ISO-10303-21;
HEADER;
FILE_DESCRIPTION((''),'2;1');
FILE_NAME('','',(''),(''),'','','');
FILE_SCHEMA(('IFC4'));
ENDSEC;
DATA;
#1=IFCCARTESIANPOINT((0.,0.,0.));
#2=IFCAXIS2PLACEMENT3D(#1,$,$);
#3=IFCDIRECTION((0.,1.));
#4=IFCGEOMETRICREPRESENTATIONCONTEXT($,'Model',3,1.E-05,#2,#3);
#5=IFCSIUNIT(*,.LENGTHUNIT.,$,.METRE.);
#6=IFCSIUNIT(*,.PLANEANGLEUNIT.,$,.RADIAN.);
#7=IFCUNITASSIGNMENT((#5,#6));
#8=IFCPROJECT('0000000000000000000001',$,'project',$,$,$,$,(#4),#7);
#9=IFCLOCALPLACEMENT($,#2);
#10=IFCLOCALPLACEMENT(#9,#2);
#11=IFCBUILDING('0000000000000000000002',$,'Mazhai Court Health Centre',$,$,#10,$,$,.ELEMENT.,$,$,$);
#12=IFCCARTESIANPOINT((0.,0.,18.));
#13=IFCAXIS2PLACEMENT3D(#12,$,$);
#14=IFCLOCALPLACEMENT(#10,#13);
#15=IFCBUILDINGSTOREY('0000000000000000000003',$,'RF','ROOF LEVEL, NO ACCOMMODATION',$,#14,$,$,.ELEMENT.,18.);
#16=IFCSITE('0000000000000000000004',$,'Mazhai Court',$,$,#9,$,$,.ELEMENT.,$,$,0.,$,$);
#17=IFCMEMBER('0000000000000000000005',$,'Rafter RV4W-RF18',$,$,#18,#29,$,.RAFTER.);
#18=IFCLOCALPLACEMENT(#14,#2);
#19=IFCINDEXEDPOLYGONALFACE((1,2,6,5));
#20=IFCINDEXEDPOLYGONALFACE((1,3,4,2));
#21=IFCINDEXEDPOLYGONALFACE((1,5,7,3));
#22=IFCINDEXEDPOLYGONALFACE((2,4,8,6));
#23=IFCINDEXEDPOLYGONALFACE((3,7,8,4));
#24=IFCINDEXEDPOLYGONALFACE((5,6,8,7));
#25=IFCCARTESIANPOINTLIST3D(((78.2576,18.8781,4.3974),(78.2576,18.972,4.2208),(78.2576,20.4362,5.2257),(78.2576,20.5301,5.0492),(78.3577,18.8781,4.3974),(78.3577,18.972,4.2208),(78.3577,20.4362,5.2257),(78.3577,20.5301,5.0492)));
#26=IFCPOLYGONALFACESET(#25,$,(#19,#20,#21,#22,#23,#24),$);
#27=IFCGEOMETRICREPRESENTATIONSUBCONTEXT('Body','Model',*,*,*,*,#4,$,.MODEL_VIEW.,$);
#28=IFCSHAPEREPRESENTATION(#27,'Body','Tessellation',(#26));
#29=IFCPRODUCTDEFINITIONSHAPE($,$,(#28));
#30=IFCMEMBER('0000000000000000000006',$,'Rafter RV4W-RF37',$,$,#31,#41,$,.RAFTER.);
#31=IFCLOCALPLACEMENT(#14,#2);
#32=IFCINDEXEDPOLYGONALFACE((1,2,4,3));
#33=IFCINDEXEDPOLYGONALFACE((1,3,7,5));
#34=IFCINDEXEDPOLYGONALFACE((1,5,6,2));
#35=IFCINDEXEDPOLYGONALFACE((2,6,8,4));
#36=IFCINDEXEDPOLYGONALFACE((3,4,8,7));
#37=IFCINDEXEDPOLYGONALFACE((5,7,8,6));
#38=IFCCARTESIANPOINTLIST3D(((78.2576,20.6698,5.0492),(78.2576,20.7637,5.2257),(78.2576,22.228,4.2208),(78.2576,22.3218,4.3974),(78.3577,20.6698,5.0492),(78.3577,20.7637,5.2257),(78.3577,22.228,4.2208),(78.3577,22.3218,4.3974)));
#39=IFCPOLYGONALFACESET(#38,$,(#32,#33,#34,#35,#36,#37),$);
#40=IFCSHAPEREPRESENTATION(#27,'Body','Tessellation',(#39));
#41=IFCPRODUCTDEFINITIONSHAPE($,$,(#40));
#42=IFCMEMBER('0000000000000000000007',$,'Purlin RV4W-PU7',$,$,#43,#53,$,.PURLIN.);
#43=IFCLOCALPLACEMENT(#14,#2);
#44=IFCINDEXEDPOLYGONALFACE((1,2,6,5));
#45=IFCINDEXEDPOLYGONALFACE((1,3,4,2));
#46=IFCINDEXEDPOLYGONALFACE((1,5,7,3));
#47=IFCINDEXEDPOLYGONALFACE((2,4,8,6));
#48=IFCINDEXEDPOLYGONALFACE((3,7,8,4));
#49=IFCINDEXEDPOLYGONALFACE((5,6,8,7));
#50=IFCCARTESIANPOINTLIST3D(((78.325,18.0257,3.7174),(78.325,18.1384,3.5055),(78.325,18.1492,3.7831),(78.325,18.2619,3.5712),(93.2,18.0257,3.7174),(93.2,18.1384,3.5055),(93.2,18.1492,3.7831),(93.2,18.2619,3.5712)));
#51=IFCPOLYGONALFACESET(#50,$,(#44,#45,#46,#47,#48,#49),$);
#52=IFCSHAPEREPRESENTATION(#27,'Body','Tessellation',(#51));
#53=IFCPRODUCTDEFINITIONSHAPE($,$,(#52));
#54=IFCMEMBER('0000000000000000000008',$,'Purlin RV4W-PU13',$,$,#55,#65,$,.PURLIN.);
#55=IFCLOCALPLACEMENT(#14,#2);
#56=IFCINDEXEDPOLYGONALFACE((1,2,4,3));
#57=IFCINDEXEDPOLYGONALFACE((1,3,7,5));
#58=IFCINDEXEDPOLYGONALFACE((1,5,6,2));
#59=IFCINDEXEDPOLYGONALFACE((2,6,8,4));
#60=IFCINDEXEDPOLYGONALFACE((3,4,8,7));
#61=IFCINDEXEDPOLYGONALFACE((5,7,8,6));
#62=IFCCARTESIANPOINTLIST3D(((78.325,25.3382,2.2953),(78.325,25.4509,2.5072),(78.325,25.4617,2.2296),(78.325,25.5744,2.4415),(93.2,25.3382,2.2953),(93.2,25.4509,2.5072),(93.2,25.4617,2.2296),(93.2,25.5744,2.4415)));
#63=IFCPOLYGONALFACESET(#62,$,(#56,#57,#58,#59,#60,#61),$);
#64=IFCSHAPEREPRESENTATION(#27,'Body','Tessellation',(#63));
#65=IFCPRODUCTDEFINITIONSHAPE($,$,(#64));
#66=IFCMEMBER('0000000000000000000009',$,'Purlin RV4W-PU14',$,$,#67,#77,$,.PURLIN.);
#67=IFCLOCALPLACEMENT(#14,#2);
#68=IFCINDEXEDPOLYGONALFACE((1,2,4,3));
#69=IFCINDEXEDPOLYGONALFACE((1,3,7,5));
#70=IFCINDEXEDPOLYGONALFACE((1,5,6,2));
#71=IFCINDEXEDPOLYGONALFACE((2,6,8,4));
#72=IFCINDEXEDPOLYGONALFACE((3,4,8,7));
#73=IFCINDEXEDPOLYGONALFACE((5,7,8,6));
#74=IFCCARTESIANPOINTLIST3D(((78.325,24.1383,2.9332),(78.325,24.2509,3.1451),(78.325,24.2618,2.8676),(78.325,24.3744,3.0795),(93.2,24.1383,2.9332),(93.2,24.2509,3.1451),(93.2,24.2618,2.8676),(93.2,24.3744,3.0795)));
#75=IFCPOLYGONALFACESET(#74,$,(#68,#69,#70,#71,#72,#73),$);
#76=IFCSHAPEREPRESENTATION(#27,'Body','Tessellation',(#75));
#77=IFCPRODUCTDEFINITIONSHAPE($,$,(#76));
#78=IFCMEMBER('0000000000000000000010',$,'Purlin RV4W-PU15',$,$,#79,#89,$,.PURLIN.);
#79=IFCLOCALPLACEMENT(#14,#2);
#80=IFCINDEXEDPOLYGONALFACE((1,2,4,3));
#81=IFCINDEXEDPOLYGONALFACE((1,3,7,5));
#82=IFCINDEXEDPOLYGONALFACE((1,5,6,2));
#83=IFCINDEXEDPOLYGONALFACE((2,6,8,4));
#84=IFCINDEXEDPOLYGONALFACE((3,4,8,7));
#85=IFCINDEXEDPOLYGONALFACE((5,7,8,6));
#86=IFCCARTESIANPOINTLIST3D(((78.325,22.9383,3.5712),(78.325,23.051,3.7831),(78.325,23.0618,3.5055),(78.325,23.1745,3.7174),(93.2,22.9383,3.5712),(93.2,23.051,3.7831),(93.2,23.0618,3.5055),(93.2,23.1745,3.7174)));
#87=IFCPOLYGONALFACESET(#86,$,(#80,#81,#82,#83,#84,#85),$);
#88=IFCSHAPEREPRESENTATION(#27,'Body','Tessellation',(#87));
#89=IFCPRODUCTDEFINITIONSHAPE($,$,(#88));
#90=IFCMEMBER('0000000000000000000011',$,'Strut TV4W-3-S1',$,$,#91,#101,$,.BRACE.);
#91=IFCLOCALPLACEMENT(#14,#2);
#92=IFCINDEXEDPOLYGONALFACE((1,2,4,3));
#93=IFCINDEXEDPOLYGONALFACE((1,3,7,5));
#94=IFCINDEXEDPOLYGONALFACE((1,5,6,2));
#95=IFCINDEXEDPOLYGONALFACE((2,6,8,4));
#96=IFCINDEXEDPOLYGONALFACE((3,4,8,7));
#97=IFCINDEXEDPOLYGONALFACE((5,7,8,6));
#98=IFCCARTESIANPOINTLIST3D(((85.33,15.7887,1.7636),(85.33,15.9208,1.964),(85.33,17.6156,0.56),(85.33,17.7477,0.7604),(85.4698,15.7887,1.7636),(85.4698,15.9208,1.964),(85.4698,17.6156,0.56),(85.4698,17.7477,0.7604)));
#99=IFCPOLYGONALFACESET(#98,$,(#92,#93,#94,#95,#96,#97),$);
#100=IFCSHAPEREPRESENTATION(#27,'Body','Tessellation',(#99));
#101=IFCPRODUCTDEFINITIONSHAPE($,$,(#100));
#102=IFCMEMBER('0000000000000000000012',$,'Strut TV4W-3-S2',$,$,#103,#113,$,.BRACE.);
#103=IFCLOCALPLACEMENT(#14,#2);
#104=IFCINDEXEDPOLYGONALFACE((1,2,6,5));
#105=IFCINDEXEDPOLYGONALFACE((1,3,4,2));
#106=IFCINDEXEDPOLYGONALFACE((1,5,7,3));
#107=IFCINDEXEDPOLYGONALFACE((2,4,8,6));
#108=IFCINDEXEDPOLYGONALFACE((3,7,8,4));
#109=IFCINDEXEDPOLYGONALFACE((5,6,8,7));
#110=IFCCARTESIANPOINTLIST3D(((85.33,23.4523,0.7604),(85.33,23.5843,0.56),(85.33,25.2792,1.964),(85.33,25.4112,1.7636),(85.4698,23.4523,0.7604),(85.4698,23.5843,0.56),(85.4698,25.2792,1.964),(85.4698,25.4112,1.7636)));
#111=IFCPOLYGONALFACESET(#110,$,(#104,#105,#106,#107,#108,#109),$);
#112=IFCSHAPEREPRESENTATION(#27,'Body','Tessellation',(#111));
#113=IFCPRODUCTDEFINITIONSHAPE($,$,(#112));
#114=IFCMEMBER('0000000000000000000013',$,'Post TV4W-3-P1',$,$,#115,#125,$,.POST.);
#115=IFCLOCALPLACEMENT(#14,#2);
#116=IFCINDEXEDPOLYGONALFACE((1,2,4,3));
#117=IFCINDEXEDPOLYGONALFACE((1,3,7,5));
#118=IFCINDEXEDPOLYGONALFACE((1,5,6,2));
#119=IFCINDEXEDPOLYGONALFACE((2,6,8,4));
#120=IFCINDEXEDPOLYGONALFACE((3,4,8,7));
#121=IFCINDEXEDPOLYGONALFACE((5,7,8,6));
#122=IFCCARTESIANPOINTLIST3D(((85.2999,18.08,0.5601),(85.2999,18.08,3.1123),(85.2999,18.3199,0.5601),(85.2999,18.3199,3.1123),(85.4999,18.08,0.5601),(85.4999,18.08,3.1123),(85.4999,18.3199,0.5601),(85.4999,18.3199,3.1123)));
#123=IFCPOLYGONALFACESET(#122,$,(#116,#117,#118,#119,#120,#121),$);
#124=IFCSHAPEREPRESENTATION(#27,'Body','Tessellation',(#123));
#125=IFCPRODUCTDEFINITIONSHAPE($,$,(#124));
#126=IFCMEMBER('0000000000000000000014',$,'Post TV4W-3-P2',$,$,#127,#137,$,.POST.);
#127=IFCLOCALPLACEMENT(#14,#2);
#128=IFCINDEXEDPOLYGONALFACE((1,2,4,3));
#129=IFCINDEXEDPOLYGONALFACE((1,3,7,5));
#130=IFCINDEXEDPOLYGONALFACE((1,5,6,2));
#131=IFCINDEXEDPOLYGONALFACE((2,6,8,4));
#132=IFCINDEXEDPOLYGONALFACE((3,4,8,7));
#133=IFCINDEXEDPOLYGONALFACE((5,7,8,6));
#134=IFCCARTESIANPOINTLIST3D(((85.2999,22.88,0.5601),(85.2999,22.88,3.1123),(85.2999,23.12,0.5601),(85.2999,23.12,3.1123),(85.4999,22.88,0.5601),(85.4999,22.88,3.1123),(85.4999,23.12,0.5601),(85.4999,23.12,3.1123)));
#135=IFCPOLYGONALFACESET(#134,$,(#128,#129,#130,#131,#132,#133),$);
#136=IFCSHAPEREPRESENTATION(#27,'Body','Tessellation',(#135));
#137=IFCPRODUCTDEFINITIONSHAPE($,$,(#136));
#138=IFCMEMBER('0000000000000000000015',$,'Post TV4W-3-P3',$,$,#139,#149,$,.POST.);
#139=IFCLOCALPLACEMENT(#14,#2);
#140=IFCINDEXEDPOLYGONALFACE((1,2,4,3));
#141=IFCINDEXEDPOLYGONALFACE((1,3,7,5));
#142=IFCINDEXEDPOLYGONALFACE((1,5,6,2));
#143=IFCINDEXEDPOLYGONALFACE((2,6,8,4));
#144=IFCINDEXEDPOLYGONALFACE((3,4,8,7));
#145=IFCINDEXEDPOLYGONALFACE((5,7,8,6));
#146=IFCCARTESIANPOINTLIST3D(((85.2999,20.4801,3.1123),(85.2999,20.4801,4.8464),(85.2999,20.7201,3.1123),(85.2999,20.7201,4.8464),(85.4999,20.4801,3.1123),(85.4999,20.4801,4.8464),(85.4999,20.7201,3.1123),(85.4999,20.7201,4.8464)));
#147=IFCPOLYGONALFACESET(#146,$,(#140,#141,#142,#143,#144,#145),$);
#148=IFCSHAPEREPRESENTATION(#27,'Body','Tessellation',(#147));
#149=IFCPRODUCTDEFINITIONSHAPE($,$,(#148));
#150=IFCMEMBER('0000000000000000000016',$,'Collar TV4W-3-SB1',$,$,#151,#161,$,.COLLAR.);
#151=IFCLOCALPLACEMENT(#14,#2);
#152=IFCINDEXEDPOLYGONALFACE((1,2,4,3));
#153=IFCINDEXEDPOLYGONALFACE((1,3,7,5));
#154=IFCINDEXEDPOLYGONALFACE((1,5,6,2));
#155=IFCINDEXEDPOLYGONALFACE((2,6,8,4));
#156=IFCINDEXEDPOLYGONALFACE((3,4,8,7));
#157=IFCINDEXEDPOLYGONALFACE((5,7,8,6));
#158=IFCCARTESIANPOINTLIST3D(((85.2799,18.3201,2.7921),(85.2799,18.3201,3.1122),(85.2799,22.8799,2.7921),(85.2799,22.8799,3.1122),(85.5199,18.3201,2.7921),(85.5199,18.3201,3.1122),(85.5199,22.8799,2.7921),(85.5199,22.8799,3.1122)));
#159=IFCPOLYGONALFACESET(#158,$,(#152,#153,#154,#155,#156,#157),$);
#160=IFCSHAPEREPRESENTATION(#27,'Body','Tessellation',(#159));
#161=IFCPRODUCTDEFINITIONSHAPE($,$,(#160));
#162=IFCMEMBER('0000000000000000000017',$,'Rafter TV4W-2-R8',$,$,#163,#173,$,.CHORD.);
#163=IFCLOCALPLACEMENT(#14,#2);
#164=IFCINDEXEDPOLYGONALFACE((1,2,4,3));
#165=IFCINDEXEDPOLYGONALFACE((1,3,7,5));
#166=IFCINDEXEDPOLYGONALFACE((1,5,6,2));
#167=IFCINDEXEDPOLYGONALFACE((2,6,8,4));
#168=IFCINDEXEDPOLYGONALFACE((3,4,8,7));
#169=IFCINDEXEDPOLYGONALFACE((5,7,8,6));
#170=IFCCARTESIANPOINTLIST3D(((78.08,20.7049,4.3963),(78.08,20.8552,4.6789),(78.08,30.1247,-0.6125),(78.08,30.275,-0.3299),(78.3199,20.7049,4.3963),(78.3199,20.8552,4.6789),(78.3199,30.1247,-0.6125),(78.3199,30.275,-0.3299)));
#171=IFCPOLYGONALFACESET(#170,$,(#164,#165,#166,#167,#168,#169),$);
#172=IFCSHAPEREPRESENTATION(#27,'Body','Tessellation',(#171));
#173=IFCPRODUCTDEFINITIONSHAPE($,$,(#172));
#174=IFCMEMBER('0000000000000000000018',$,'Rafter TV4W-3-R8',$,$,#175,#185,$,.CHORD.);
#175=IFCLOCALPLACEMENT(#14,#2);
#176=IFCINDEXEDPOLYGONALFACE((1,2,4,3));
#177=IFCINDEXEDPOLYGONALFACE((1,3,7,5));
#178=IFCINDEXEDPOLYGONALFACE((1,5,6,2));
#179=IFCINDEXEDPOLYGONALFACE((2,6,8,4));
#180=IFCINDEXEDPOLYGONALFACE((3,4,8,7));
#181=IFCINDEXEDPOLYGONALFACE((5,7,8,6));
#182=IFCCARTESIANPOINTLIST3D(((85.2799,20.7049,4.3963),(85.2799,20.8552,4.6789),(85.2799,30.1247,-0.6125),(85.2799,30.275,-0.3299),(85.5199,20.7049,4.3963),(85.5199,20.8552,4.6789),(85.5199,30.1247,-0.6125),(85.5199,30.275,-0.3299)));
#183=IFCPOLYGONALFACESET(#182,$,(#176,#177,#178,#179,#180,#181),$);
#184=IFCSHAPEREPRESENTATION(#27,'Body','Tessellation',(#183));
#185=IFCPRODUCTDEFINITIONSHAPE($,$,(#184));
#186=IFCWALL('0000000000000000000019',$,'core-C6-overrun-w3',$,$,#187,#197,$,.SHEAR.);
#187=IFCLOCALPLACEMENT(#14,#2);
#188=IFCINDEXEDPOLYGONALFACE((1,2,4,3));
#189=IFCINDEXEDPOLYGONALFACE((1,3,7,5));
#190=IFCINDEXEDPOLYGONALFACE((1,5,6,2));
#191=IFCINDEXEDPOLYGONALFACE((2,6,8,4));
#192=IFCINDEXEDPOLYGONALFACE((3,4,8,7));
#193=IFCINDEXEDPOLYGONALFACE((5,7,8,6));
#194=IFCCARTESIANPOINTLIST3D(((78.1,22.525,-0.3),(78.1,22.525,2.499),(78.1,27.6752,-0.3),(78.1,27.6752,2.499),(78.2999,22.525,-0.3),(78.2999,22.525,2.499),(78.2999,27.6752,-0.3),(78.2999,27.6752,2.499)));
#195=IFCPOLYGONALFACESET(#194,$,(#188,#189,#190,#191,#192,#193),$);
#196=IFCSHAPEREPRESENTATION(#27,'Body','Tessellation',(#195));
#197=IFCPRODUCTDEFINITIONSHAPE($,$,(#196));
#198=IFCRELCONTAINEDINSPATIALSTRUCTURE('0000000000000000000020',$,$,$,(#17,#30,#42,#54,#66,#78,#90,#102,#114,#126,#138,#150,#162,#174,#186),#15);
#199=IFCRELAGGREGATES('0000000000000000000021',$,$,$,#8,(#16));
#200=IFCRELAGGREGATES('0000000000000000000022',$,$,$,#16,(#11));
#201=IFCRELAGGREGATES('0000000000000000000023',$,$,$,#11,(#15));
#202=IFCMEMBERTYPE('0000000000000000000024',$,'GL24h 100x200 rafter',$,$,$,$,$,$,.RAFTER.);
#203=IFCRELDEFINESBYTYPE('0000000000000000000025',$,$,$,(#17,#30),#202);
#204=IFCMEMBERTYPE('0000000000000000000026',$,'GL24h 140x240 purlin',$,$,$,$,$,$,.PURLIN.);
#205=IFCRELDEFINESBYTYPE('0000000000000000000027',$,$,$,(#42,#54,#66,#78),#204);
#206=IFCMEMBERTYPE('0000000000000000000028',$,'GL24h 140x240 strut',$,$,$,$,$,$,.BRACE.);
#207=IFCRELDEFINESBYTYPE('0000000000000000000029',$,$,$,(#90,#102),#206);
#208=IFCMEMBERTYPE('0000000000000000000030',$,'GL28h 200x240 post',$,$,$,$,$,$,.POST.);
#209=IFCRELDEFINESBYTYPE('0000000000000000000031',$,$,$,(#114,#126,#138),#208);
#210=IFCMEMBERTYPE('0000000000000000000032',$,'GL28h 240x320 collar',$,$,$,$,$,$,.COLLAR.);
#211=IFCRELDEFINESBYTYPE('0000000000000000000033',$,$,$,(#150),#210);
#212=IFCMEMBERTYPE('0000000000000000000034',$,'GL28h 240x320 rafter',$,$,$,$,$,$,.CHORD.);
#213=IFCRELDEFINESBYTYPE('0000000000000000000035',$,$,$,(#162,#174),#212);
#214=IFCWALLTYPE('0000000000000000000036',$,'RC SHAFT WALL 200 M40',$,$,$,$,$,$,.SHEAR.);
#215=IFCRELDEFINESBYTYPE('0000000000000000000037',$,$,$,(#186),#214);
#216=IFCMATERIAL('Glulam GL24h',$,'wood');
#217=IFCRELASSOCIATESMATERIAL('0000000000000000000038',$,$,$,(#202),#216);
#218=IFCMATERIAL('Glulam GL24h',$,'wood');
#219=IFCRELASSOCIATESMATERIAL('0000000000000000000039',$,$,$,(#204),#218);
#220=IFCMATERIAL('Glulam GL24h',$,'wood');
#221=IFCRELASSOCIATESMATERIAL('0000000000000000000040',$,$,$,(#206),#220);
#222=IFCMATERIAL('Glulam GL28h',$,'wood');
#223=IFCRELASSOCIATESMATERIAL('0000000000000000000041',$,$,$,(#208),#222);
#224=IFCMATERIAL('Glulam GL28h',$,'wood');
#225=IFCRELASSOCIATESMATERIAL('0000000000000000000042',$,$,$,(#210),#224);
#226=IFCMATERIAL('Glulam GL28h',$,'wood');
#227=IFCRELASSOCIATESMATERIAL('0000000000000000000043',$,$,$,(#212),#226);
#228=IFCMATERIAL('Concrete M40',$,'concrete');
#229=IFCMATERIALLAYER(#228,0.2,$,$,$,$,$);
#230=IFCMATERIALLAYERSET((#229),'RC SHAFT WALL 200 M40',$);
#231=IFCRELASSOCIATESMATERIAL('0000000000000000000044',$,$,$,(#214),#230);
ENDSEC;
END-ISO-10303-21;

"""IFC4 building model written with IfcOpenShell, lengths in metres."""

from ifc_helpers import new_model, si_unit, direction, frame, frame_2d, origin, origin_2d, place, context, subcontext, project, spatial, rectangle, extrude, material, layer, layer_set, material_profile, profile_set, type_object, element, save


model = new_model("IFC4")

# Units and contexts
model_context = context("Model", 3, precision=1e-05, world=origin(), true_north=direction((0.0, 1.0)))
body_context = subcontext(model_context, "Body", "Model", "MODEL_VIEW")
ifc_project = project(units=[si_unit("LENGTHUNIT", "METRE"), si_unit("PLANEANGLEUNIT", "RADIAN")], contexts=[model_context])

# Site, building, storey
site_placement = place(None, origin())
site = spatial("IfcSite", under=ifc_project, at=site_placement, Name="Mazhai Court", CompositionType="ELEMENT", RefElevation=0.0)
building_placement = place(site_placement, origin())
building = spatial("IfcBuilding", under=site, at=building_placement, Name="Mazhai Court Health Centre", CompositionType="ELEMENT")
storey_placement = place(building_placement, frame((0.0, 0.0, 18.0)))
storey = spatial("IfcBuildingStorey", under=building, at=storey_placement, Name="RF", Description="ROOF LEVEL, NO ACCOMMODATION", CompositionType="ELEMENT", Elevation=18.0)

# Members
ifc_material_1 = material(Name="Glulam GL24h", Category="wood")
ifc_material_profile_1 = material_profile(ifc_material_1, rectangle(XDim=0.1001, YDim=0.2, at=origin_2d()), Name="GL24h 100x200")
ifc_profile_set_1 = profile_set([ifc_material_profile_1], Name="Glulam GL24h")
member_type_1 = type_object("IfcMemberType", Name="GL24h 100x200 rafter", PredefinedType="RAFTER", material=ifc_profile_set_1)
for number, where, z_axis, x_axis, name in (
    (1, (78.3076, 18.925, 4.3091), (0.0, 0.882969, 0.469432), (-1.0, 0.0, 0.0), "Rafter RV4W-RF18"),
    (2, (78.3076, 22.2749, 4.3091), (0.0, -0.882969, 0.469432), (1.0, 0.0, 0.0), "Rafter RV4W-RF37"),
):
    element("IfcMember", number, at=place(storey_placement, frame(where, z_axis=z_axis, x_axis=x_axis)), inside=storey, type_object=member_type_1, Name=name, PredefinedType="RAFTER", context=body_context, shape_type="SweptSolid", body=[
        extrude(rectangle(XDim=0.1001, YDim=0.2, at=origin_2d()), origin(), (0.0, 0.0, 1.0), 1.7646),
    ])
ifc_material_2 = material(Name="Glulam GL24h", Category="wood")
ifc_material_profile_2 = material_profile(ifc_material_2, rectangle(XDim=0.1399, YDim=0.24, at=origin_2d()), Name="GL24h 140x240")
ifc_profile_set_2 = profile_set([ifc_material_profile_2], Name="Glulam GL24h")
member_type_2 = type_object("IfcMemberType", Name="GL24h 140x240 purlin", PredefinedType="PURLIN", material=ifc_profile_set_2)
for number, where, z_axis, x_axis, name in (
    (3, (78.325, 18.1438, 3.6443), (1.0, 0.0, 0.0), (0.0, 0.882948, 0.469472), "Purlin RV4W-PU7"),
    (4, (78.325, 25.4563, 2.3684), (1.0, 0.0, 0.0), (0.0, 0.882948, -0.469472), "Purlin RV4W-PU13"),
    (5, (78.325, 24.2563, 3.0063), (1.0, 0.0, 0.0), (0.0, 0.882948, -0.469472), "Purlin RV4W-PU14"),
    (6, (78.325, 23.0564, 3.6443), (1.0, 0.0, 0.0), (0.0, 0.882948, -0.469472), "Purlin RV4W-PU15"),
):
    element("IfcMember", number, at=place(storey_placement, frame(where, z_axis=z_axis, x_axis=x_axis)), inside=storey, type_object=member_type_2, Name=name, PredefinedType="PURLIN", context=body_context, shape_type="SweptSolid", body=[
        extrude(rectangle(XDim=0.1399, YDim=0.24, at=origin_2d()), origin(), (0.0, 0.0, 1.0), 14.875),
    ])
ifc_material_3 = material(Name="Glulam GL24h", Category="wood")
ifc_material_profile_3 = material_profile(ifc_material_3, rectangle(XDim=0.1399, YDim=0.24, at=origin_2d()), Name="GL24h 140x240")
ifc_profile_set_3 = profile_set([ifc_material_profile_3], Name="Glulam GL24h")
member_type_3 = type_object("IfcMemberType", Name="GL24h 140x240 strut", PredefinedType="BRACE", material=ifc_profile_set_3)
for number, where, z_axis, x_axis, name in (
    (7, (85.3999, 17.6816, 0.6602), (0.0, -0.83506, 0.55016), (1.0, 0.0, 0.0), "Strut TV4W-3-S1"),
    (8, (85.3999, 23.5183, 0.6602), (0.0, 0.83506, 0.55016), (-1.0, 0.0, 0.0), "Strut TV4W-3-S2"),
):
    element("IfcMember", number, at=place(storey_placement, frame(where, z_axis=z_axis, x_axis=x_axis)), inside=storey, type_object=member_type_3, Name=name, PredefinedType="BRACE", context=body_context, shape_type="SweptSolid", body=[
        extrude(rectangle(XDim=0.1399, YDim=0.24, at=origin_2d()), origin(), (0.0, 0.0, 1.0), 2.1877),
    ])
ifc_material_4 = material(Name="Glulam GL28h", Category="wood")
ifc_material_profile_4 = material_profile(ifc_material_4, rectangle(XDim=0.2, YDim=0.24, at=origin_2d()), Name="GL28h 200x240")
ifc_profile_set_4 = profile_set([ifc_material_profile_4], Name="Glulam GL28h")
member_type_4 = type_object("IfcMemberType", Name="GL28h 200x240 post", PredefinedType="POST", material=ifc_profile_set_4)
for number, where, z_axis, x_axis, name in (
    (9, (85.3999, 18.2, 0.5601), (0.0, 0.0, 1.0), (1.0, 0.0, 0.0), "Post TV4W-3-P1"),
    (10, (85.3999, 23.0, 0.5601), (0.0, 0.0, 1.0), (1.0, 0.0, 0.0), "Post TV4W-3-P2"),
):
    element("IfcMember", number, at=place(storey_placement, frame(where, z_axis=z_axis, x_axis=x_axis)), inside=storey, type_object=member_type_4, Name=name, PredefinedType="POST", context=body_context, shape_type="SweptSolid", body=[
        extrude(rectangle(XDim=0.2, YDim=0.24, at=origin_2d()), origin(), (0.0, 0.0, 1.0), 2.5522),
    ])
member_1_placement = place(storey_placement, frame((85.3999, 20.6001, 3.1123), z_axis=(0.0, 0.0, 1.0), x_axis=(1.0, 0.0, 0.0)))
element("IfcMember", 11, at=member_1_placement, inside=storey, type_object=member_type_4, Name="Post TV4W-3-P3", PredefinedType="POST", context=body_context, shape_type="SweptSolid", body=[
    extrude(rectangle(XDim=0.2, YDim=0.24, at=origin_2d()), origin(), (0.0, 0.0, 1.0), 1.7341),
])
ifc_material_5 = material(Name="Glulam GL28h", Category="wood")
ifc_material_profile_5 = material_profile(ifc_material_5, rectangle(XDim=0.24, YDim=0.3201, at=origin_2d()), Name="GL28h 240x320")
ifc_profile_set_5 = profile_set([ifc_material_profile_5], Name="Glulam GL28h")
member_type_5 = type_object("IfcMemberType", Name="GL28h 240x320 collar", PredefinedType="COLLAR", material=ifc_profile_set_5)
member_2_placement = place(storey_placement, frame((85.3999, 18.3201, 2.9521), z_axis=(0.0, 1.0, 0.0), x_axis=(-1.0, 0.0, 0.0)))
element("IfcMember", 12, at=member_2_placement, inside=storey, type_object=member_type_5, Name="Collar TV4W-3-SB1", PredefinedType="COLLAR", context=body_context, shape_type="SweptSolid", body=[
    extrude(rectangle(XDim=0.24, YDim=0.3201, at=origin_2d()), origin(), (0.0, 0.0, 1.0), 4.5598),
])
ifc_material_6 = material(Name="Glulam GL28h", Category="wood")
ifc_material_profile_6 = material_profile(ifc_material_6, rectangle(XDim=0.24, YDim=0.3201, at=origin_2d()), Name="GL28h 240x320")
ifc_profile_set_6 = profile_set([ifc_material_profile_6], Name="Glulam GL28h")
member_type_6 = type_object("IfcMemberType", Name="GL28h 240x320 rafter", PredefinedType="CHORD", material=ifc_profile_set_6)
for number, where, z_axis, x_axis, name in (
    (13, (78.2, 20.78, 4.5376), (0.0, 0.882943, -0.469481), (-1.0, 0.0, 0.0), "Rafter TV4W-2-R8"),
    (14, (85.3999, 20.78, 4.5376), (0.0, 0.882943, -0.469481), (-1.0, 0.0, 0.0), "Rafter TV4W-3-R8"),
):
    element("IfcMember", number, at=place(storey_placement, frame(where, z_axis=z_axis, x_axis=x_axis)), inside=storey, type_object=member_type_6, Name=name, PredefinedType="CHORD", context=body_context, shape_type="SweptSolid", body=[
        extrude(rectangle(XDim=0.24, YDim=0.3201, at=origin_2d()), origin(), (0.0, 0.0, 1.0), 10.6687),
    ])

# Wall
ifc_material_7 = material(Name="Concrete M40", Category="concrete")
ifc_layer_1 = layer(ifc_material_7, 0.2)
ifc_layer_set_1 = layer_set([ifc_layer_1], Name="RC SHAFT WALL 200 M40")
wall_type = type_object("IfcWallType", Name="RC SHAFT WALL 200 M40", PredefinedType="SHEAR", material=ifc_layer_set_1)
wall_placement = place(storey_placement, frame((78.2, 22.5249, -0.3), z_axis=(0.0, 0.0, 1.0), x_axis=(0.0, 1.0, 0.0)))
element("IfcWall", 15, at=wall_placement, inside=storey, type_object=wall_type, Name="core-C6-overrun-w3", PredefinedType="SHEAR", context=body_context, shape_type="SweptSolid", body=[
    extrude(rectangle(XDim=5.1501, YDim=0.2, at=frame_2d((2.5752, 0.0))), origin(), (0.0, 0.0, 1.0), 2.7991),
])

save(model, "model.ifc")
